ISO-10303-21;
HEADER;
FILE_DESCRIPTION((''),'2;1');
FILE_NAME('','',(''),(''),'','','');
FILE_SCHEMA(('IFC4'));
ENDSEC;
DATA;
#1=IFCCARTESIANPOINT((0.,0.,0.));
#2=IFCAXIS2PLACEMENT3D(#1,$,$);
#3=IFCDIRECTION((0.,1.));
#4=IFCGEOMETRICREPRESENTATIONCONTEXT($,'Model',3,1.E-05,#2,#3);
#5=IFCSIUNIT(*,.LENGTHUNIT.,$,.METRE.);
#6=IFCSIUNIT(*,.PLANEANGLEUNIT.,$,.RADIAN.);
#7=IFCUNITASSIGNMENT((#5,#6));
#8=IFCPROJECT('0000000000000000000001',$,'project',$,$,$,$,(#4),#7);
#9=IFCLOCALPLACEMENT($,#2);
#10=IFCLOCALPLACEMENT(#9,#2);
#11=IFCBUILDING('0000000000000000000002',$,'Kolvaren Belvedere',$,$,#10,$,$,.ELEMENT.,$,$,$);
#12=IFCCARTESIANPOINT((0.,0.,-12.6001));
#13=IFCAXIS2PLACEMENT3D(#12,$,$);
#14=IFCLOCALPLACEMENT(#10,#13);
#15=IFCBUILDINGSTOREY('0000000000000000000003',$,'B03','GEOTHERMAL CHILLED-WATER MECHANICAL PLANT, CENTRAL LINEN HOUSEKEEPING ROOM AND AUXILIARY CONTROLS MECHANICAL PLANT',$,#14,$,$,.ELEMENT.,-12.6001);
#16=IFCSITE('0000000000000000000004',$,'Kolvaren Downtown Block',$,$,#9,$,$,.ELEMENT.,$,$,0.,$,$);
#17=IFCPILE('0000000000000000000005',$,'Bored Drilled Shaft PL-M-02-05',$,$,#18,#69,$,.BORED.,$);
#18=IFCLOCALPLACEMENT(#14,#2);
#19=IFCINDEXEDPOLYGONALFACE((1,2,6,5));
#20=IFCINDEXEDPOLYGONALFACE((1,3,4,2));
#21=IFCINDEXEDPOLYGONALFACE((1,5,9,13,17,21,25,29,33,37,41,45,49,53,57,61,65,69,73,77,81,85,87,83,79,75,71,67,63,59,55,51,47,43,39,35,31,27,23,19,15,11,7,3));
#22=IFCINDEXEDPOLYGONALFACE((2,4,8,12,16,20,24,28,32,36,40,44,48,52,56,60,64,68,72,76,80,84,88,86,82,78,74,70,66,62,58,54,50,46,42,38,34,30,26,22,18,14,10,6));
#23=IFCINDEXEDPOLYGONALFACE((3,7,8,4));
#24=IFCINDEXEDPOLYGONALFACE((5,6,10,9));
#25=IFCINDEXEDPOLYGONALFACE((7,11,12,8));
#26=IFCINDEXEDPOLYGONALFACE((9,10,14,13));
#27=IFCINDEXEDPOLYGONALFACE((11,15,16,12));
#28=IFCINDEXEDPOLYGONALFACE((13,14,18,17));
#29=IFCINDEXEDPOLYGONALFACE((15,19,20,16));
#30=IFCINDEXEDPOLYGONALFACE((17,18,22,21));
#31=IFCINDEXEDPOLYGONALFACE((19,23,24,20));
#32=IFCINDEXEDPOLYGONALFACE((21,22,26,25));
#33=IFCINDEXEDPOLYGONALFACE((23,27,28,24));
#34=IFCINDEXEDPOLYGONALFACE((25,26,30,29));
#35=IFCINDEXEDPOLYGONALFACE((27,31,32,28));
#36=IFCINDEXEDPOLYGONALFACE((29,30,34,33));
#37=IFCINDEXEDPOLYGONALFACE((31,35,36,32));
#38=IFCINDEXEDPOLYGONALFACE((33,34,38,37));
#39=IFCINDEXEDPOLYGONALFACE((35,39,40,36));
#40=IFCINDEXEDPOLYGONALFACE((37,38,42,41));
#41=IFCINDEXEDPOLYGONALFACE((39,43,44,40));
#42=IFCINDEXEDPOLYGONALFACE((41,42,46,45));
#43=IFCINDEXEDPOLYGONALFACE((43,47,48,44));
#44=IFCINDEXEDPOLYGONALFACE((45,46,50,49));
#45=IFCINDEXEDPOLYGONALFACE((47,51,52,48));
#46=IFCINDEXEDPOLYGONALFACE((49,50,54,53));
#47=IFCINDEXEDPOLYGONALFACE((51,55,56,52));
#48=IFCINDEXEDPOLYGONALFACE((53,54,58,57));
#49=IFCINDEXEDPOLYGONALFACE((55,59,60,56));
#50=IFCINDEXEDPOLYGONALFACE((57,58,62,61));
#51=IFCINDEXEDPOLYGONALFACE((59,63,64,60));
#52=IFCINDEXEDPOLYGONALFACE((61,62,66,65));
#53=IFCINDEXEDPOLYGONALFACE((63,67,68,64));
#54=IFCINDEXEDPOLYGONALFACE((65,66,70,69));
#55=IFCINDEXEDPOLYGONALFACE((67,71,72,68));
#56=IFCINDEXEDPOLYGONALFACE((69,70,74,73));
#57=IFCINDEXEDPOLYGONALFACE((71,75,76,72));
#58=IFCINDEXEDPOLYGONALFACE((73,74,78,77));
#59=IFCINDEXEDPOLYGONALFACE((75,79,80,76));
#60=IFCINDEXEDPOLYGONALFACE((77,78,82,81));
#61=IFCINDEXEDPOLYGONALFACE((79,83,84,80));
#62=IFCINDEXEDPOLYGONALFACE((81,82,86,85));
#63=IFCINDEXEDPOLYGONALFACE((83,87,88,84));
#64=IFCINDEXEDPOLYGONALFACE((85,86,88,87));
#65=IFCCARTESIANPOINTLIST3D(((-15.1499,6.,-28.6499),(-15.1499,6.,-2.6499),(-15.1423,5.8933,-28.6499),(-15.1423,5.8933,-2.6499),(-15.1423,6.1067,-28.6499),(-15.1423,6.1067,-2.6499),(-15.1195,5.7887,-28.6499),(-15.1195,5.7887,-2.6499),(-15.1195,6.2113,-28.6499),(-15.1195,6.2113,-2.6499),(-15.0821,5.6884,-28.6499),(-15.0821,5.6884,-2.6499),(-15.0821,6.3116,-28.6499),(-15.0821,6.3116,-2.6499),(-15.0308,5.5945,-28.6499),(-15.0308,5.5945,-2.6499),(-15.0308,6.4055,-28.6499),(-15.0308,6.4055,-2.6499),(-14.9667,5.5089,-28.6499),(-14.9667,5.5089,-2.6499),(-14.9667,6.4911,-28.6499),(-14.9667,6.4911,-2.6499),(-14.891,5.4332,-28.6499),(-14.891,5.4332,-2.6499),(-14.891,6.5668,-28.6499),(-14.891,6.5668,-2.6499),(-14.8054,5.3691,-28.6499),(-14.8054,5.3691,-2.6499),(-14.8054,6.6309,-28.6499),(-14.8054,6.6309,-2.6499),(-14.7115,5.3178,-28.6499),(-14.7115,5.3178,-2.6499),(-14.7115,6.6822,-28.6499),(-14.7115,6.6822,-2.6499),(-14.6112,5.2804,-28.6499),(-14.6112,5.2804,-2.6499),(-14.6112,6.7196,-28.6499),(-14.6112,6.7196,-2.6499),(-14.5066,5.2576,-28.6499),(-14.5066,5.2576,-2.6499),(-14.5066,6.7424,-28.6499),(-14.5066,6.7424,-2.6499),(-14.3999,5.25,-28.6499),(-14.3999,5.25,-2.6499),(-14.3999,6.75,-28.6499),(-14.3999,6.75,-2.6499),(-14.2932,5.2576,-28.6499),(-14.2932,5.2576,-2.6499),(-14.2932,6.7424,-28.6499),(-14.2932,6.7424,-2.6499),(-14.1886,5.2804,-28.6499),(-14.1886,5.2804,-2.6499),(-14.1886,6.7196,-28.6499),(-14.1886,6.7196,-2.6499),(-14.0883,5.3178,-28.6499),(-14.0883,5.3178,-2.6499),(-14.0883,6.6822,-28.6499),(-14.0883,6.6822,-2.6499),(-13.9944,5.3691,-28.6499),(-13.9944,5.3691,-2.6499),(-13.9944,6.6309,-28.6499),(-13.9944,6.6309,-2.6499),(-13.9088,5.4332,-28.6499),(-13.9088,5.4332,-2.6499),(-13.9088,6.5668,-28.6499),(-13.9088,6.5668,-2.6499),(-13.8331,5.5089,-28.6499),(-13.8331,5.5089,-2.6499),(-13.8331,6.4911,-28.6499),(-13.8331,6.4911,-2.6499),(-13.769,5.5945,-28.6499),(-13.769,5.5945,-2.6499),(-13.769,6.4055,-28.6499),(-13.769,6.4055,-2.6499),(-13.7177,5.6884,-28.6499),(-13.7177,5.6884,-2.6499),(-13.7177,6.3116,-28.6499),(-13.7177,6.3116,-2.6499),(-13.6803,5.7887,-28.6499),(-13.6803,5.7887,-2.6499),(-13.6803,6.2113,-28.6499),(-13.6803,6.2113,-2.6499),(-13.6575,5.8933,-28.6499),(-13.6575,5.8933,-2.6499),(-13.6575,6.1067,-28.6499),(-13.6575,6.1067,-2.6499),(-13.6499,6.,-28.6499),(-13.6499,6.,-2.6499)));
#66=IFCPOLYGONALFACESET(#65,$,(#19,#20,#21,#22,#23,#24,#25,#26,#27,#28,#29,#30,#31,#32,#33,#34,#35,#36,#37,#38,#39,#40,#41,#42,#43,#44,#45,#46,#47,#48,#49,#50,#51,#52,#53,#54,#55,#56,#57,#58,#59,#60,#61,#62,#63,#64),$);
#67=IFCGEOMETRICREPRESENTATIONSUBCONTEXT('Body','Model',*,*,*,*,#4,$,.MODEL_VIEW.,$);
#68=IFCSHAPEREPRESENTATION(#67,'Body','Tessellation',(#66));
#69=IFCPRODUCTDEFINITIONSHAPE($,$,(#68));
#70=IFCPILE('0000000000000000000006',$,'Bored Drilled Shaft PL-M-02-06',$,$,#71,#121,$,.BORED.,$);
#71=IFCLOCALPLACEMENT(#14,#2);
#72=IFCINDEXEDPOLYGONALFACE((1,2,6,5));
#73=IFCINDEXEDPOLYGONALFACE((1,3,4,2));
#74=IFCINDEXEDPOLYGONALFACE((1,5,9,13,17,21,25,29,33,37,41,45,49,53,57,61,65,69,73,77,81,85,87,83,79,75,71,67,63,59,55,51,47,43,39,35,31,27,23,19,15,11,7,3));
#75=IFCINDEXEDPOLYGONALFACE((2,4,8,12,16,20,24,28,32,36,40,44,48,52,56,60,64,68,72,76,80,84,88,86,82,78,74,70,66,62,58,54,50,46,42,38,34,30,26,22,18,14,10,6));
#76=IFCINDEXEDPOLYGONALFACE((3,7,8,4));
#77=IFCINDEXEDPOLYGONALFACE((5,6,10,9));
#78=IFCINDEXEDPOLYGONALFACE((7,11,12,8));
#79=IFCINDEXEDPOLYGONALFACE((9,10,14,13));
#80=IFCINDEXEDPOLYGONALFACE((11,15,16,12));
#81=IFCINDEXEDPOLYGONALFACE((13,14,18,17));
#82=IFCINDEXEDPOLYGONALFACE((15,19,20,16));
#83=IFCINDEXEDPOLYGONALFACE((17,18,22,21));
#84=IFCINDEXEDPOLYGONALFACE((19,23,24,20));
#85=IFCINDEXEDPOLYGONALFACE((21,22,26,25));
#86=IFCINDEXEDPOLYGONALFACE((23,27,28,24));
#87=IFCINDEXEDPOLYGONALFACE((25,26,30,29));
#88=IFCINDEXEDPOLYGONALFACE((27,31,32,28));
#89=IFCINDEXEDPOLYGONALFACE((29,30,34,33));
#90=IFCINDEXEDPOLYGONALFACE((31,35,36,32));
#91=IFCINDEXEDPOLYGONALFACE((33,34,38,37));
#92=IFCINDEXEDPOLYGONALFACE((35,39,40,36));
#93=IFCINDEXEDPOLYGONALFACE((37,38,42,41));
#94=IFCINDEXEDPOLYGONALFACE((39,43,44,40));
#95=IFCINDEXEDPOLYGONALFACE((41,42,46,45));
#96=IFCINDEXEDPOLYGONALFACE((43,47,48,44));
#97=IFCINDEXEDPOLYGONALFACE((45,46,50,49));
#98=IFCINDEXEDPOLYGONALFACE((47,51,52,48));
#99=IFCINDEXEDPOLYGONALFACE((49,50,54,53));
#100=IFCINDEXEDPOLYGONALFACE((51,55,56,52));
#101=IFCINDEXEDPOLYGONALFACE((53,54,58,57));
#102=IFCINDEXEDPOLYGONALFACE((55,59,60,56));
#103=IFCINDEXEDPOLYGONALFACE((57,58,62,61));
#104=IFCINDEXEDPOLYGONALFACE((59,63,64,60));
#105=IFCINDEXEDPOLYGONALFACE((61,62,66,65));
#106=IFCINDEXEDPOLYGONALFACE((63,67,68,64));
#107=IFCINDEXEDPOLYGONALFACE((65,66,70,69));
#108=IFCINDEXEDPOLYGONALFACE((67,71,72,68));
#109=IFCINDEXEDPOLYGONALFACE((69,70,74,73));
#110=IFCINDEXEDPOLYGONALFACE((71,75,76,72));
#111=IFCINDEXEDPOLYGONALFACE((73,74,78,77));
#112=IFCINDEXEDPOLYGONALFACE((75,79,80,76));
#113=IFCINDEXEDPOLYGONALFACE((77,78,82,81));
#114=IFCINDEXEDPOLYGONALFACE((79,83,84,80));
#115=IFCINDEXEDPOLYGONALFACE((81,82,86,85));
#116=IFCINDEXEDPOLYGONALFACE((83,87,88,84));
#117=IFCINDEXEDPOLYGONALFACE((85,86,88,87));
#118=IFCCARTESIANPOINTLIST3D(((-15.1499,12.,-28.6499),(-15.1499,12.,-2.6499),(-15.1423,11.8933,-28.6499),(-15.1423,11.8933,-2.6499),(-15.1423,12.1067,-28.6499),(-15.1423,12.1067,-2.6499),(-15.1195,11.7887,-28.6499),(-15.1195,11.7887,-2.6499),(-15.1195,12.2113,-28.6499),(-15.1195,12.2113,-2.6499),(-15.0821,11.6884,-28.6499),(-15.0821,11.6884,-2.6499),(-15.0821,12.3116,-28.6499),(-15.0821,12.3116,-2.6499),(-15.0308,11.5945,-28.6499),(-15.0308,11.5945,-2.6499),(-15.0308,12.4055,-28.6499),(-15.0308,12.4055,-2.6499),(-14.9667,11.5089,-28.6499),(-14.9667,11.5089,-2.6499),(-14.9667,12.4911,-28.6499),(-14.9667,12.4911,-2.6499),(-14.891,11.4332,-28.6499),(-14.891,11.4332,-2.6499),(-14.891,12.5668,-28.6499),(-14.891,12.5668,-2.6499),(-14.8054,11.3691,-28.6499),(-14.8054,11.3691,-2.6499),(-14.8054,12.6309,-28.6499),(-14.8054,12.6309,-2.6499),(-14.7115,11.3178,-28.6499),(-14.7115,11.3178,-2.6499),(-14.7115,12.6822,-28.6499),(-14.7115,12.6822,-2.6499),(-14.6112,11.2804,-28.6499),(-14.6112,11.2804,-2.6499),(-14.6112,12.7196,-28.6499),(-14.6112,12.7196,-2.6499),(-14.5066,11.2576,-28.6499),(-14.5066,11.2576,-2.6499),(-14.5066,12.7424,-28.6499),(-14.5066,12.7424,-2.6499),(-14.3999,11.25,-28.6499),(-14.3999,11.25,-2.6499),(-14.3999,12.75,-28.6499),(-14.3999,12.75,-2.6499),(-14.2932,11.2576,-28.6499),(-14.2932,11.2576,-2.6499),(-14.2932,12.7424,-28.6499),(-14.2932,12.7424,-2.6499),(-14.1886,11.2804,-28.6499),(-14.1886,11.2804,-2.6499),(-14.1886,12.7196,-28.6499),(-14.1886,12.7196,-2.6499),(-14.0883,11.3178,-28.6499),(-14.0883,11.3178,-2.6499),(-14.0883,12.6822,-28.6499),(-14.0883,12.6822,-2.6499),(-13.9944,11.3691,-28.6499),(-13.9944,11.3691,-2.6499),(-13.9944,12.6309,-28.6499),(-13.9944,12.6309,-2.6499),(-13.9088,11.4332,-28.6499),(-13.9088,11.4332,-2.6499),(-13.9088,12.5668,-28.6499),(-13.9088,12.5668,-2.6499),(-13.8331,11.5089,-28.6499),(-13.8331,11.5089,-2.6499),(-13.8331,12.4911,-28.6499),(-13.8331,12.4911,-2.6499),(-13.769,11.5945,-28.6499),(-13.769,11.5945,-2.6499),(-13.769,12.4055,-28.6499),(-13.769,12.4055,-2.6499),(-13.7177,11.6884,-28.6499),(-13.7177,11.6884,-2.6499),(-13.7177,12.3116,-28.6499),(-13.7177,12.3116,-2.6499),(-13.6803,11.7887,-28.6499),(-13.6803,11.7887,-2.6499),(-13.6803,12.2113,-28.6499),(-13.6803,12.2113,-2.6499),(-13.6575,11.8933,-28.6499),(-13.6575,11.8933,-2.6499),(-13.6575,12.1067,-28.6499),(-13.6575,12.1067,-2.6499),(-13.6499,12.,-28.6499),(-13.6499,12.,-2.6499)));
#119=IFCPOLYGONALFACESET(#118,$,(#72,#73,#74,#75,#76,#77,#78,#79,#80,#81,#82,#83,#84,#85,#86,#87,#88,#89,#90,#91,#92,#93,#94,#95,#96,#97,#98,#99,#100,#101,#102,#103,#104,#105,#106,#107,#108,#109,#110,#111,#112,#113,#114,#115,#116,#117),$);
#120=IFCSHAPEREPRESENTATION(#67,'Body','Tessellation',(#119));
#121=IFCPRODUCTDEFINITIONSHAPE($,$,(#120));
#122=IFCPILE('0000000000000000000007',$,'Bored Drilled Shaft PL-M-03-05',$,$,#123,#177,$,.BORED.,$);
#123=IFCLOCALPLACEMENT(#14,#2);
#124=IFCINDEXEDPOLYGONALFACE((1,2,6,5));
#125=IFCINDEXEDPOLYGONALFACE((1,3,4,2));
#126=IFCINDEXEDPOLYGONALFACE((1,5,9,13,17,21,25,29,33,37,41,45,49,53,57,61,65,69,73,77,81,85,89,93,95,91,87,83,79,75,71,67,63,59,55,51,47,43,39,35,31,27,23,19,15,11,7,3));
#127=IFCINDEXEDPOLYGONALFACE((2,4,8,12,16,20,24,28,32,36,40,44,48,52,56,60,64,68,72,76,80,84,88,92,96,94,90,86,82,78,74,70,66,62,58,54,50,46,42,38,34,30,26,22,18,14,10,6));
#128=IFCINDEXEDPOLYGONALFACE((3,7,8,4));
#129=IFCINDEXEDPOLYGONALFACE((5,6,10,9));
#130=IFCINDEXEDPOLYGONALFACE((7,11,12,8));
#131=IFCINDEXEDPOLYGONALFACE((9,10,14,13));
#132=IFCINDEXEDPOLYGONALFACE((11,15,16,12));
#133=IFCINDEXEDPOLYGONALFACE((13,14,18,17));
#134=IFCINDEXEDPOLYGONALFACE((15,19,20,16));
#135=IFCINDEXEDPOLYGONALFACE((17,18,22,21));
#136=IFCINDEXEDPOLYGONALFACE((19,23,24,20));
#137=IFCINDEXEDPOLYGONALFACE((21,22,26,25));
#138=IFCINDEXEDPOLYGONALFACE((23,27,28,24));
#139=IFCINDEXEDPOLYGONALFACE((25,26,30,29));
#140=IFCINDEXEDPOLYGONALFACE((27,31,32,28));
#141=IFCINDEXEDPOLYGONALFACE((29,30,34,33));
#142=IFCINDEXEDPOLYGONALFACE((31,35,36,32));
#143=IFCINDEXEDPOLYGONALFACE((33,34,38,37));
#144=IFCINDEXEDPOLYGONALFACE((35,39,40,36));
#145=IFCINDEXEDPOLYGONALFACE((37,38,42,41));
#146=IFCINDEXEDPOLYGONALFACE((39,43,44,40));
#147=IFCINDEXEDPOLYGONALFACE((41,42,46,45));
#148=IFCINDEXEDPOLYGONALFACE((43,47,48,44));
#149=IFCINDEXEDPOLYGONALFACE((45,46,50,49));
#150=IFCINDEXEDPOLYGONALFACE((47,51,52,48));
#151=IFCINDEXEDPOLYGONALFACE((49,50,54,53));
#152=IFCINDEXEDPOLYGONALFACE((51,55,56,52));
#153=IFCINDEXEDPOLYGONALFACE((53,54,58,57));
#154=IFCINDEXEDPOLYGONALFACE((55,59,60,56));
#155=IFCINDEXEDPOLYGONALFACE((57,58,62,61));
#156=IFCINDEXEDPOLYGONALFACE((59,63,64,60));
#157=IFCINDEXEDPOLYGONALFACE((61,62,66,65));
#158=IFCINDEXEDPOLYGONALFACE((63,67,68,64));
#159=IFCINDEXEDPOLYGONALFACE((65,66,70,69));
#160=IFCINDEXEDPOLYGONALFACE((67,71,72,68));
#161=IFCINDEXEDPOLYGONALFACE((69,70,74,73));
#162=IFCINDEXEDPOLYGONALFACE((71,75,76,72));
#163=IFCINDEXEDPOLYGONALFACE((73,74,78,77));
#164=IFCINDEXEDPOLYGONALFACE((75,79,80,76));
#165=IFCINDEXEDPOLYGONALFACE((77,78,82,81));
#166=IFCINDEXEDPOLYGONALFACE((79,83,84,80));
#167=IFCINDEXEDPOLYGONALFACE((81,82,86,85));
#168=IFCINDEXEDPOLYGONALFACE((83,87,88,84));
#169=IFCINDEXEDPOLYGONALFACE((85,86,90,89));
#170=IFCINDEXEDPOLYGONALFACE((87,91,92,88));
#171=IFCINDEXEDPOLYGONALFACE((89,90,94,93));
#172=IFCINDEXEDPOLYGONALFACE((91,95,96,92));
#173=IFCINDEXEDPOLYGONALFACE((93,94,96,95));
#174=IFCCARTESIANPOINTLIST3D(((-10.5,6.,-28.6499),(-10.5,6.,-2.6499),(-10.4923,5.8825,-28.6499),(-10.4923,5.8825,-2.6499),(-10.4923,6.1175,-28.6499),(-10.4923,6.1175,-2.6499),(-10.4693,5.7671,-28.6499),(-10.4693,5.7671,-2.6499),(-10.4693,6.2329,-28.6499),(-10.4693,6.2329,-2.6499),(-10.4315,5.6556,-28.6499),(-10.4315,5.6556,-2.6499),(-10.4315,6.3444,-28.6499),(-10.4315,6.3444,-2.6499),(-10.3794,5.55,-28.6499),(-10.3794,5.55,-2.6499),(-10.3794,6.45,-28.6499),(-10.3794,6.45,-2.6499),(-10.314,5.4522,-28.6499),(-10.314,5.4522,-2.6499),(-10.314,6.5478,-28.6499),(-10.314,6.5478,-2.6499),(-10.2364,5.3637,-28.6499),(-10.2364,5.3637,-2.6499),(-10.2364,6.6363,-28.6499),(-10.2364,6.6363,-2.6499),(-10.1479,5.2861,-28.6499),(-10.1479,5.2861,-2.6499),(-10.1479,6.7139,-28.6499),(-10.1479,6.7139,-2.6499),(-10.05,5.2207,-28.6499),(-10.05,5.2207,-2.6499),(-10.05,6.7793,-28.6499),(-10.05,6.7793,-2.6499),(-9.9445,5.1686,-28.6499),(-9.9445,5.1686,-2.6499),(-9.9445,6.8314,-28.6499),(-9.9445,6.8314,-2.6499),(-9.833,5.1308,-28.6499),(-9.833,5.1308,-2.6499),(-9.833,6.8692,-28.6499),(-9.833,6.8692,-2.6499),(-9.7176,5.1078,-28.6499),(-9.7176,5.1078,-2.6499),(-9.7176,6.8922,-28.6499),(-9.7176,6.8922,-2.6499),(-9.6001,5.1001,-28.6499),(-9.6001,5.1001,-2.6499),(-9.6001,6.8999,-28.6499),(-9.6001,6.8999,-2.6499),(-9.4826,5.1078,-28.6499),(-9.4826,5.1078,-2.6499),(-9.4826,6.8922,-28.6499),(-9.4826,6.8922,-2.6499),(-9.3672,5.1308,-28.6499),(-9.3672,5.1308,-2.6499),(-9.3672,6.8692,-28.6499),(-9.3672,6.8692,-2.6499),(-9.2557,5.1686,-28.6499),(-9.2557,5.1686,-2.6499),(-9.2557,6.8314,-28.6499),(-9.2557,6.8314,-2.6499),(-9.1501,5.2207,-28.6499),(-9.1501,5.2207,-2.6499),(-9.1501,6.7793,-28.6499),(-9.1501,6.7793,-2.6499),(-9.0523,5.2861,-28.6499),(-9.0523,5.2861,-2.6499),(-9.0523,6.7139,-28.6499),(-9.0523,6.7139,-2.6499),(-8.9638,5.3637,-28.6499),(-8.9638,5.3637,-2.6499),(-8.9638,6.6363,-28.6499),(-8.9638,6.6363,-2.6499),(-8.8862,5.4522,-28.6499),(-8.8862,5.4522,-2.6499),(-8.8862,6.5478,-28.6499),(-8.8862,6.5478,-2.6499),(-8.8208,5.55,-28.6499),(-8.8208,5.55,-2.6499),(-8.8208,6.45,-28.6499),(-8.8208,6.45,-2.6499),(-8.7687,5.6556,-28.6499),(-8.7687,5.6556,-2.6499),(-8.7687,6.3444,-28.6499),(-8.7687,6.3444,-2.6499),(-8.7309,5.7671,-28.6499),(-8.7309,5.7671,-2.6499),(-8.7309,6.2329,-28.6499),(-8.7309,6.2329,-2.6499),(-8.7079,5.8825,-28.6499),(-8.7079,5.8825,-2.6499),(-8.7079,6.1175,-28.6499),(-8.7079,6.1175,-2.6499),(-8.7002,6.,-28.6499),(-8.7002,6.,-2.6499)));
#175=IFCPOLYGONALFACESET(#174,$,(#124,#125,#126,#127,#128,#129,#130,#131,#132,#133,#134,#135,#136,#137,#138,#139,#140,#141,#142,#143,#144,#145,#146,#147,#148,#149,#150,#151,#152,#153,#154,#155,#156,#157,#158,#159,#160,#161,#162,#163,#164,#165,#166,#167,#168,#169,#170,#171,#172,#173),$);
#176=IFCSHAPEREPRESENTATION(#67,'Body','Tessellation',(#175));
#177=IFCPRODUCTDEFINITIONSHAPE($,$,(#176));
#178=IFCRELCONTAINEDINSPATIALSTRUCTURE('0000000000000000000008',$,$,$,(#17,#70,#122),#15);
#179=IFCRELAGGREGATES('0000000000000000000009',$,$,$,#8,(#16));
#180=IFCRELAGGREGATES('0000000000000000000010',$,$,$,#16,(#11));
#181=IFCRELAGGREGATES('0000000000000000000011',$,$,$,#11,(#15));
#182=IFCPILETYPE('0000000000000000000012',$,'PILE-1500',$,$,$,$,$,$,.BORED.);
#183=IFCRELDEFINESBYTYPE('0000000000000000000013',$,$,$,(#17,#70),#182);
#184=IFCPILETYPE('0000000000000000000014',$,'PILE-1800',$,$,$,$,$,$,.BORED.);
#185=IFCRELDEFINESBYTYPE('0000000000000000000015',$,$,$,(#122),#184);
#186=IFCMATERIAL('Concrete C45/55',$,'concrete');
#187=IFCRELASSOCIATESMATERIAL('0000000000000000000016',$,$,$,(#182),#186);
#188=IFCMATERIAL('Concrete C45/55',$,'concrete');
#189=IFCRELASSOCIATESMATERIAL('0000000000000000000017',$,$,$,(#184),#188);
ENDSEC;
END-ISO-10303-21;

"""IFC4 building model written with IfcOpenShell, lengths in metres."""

from ifc_helpers import new_model, si_unit, direction, frame, origin, origin_2d, place, context, subcontext, project, spatial, circle, extrude, material, material_profile, profile_set, type_object, element, save


model = new_model("IFC4")

# Units and contexts
model_context = context("Model", 3, precision=1e-05, world=origin(), true_north=direction((0.0, 1.0)))
body_context = subcontext(model_context, "Body", "Model", "MODEL_VIEW")
ifc_project = project(units=[si_unit("LENGTHUNIT", "METRE"), si_unit("PLANEANGLEUNIT", "RADIAN")], contexts=[model_context])

# Site, building, storey
site_placement = place(None, origin())
site = spatial("IfcSite", under=ifc_project, at=site_placement, Name="Kolvaren Downtown Block", CompositionType="ELEMENT", RefElevation=0.0)
building_placement = place(site_placement, origin())
building = spatial("IfcBuilding", under=site, at=building_placement, Name="Kolvaren Belvedere", CompositionType="ELEMENT")
storey_placement = place(building_placement, frame((0.0, 0.0, -12.6001)))
storey = spatial("IfcBuildingStorey", under=building, at=storey_placement, Name="B03", Description="GEOTHERMAL CHILLED-WATER MECHANICAL PLANT, CENTRAL LINEN HOUSEKEEPING ROOM AND AUXILIARY CONTROLS MECHANICAL PLANT", CompositionType="ELEMENT", Elevation=-12.6001)

# Piles
ifc_material_1 = material(Name="Concrete C45/55", Category="concrete")
ifc_material_profile_1 = material_profile(ifc_material_1, circle(Radius=0.75, at=origin_2d()), Name="BORED PILE D1500")
ifc_profile_set_1 = profile_set([ifc_material_profile_1], Name="Concrete C45/55")
pile_type_1 = type_object("IfcPileType", Name="PILE-1500", PredefinedType="BORED", material=ifc_profile_set_1)
for number, where, z_axis, x_axis, name in (
    (1, (-14.3999, 6.0, -2.6499), (0.0, 0.0, -1.0), (1.0, 0.0, 0.0), "Bored Drilled Shaft PL-M-02-05"),
    (2, (-14.3999, 12.0, -2.6499), (0.0, 0.0, -1.0), (1.0, 0.0, 0.0), "Bored Drilled Shaft PL-M-02-06"),
):
    element("IfcPile", number, at=place(storey_placement, frame(where, z_axis=z_axis, x_axis=x_axis)), inside=storey, type_object=pile_type_1, Name=name, PredefinedType="BORED", context=body_context, shape_type="SweptSolid", body=[
        extrude(circle(Radius=0.75, at=origin_2d()), origin(), (0.0, 0.0, 1.0), 26.0),
    ])
ifc_material_2 = material(Name="Concrete C45/55", Category="concrete")
ifc_material_profile_2 = material_profile(ifc_material_2, circle(Radius=0.8999, at=origin_2d()), Name="BORED PILE D1800")
ifc_profile_set_2 = profile_set([ifc_material_profile_2], Name="Concrete C45/55")
pile_type_2 = type_object("IfcPileType", Name="PILE-1800", PredefinedType="BORED", material=ifc_profile_set_2)
for number, where, z_axis, x_axis, name in (
    (3, (-9.6001, 6.0, -2.6499), (0.0, 0.0, -1.0), (1.0, 0.0, 0.0), "Bored Drilled Shaft PL-M-03-05"),
):
    element("IfcPile", number, at=place(storey_placement, frame(where, z_axis=z_axis, x_axis=x_axis)), inside=storey, type_object=pile_type_2, Name=name, PredefinedType="BORED", context=body_context, shape_type="SweptSolid", body=[
        extrude(circle(Radius=0.8999, at=origin_2d()), origin(), (0.0, 0.0, 1.0), 26.0),
    ])

save(model, "model.ifc")
